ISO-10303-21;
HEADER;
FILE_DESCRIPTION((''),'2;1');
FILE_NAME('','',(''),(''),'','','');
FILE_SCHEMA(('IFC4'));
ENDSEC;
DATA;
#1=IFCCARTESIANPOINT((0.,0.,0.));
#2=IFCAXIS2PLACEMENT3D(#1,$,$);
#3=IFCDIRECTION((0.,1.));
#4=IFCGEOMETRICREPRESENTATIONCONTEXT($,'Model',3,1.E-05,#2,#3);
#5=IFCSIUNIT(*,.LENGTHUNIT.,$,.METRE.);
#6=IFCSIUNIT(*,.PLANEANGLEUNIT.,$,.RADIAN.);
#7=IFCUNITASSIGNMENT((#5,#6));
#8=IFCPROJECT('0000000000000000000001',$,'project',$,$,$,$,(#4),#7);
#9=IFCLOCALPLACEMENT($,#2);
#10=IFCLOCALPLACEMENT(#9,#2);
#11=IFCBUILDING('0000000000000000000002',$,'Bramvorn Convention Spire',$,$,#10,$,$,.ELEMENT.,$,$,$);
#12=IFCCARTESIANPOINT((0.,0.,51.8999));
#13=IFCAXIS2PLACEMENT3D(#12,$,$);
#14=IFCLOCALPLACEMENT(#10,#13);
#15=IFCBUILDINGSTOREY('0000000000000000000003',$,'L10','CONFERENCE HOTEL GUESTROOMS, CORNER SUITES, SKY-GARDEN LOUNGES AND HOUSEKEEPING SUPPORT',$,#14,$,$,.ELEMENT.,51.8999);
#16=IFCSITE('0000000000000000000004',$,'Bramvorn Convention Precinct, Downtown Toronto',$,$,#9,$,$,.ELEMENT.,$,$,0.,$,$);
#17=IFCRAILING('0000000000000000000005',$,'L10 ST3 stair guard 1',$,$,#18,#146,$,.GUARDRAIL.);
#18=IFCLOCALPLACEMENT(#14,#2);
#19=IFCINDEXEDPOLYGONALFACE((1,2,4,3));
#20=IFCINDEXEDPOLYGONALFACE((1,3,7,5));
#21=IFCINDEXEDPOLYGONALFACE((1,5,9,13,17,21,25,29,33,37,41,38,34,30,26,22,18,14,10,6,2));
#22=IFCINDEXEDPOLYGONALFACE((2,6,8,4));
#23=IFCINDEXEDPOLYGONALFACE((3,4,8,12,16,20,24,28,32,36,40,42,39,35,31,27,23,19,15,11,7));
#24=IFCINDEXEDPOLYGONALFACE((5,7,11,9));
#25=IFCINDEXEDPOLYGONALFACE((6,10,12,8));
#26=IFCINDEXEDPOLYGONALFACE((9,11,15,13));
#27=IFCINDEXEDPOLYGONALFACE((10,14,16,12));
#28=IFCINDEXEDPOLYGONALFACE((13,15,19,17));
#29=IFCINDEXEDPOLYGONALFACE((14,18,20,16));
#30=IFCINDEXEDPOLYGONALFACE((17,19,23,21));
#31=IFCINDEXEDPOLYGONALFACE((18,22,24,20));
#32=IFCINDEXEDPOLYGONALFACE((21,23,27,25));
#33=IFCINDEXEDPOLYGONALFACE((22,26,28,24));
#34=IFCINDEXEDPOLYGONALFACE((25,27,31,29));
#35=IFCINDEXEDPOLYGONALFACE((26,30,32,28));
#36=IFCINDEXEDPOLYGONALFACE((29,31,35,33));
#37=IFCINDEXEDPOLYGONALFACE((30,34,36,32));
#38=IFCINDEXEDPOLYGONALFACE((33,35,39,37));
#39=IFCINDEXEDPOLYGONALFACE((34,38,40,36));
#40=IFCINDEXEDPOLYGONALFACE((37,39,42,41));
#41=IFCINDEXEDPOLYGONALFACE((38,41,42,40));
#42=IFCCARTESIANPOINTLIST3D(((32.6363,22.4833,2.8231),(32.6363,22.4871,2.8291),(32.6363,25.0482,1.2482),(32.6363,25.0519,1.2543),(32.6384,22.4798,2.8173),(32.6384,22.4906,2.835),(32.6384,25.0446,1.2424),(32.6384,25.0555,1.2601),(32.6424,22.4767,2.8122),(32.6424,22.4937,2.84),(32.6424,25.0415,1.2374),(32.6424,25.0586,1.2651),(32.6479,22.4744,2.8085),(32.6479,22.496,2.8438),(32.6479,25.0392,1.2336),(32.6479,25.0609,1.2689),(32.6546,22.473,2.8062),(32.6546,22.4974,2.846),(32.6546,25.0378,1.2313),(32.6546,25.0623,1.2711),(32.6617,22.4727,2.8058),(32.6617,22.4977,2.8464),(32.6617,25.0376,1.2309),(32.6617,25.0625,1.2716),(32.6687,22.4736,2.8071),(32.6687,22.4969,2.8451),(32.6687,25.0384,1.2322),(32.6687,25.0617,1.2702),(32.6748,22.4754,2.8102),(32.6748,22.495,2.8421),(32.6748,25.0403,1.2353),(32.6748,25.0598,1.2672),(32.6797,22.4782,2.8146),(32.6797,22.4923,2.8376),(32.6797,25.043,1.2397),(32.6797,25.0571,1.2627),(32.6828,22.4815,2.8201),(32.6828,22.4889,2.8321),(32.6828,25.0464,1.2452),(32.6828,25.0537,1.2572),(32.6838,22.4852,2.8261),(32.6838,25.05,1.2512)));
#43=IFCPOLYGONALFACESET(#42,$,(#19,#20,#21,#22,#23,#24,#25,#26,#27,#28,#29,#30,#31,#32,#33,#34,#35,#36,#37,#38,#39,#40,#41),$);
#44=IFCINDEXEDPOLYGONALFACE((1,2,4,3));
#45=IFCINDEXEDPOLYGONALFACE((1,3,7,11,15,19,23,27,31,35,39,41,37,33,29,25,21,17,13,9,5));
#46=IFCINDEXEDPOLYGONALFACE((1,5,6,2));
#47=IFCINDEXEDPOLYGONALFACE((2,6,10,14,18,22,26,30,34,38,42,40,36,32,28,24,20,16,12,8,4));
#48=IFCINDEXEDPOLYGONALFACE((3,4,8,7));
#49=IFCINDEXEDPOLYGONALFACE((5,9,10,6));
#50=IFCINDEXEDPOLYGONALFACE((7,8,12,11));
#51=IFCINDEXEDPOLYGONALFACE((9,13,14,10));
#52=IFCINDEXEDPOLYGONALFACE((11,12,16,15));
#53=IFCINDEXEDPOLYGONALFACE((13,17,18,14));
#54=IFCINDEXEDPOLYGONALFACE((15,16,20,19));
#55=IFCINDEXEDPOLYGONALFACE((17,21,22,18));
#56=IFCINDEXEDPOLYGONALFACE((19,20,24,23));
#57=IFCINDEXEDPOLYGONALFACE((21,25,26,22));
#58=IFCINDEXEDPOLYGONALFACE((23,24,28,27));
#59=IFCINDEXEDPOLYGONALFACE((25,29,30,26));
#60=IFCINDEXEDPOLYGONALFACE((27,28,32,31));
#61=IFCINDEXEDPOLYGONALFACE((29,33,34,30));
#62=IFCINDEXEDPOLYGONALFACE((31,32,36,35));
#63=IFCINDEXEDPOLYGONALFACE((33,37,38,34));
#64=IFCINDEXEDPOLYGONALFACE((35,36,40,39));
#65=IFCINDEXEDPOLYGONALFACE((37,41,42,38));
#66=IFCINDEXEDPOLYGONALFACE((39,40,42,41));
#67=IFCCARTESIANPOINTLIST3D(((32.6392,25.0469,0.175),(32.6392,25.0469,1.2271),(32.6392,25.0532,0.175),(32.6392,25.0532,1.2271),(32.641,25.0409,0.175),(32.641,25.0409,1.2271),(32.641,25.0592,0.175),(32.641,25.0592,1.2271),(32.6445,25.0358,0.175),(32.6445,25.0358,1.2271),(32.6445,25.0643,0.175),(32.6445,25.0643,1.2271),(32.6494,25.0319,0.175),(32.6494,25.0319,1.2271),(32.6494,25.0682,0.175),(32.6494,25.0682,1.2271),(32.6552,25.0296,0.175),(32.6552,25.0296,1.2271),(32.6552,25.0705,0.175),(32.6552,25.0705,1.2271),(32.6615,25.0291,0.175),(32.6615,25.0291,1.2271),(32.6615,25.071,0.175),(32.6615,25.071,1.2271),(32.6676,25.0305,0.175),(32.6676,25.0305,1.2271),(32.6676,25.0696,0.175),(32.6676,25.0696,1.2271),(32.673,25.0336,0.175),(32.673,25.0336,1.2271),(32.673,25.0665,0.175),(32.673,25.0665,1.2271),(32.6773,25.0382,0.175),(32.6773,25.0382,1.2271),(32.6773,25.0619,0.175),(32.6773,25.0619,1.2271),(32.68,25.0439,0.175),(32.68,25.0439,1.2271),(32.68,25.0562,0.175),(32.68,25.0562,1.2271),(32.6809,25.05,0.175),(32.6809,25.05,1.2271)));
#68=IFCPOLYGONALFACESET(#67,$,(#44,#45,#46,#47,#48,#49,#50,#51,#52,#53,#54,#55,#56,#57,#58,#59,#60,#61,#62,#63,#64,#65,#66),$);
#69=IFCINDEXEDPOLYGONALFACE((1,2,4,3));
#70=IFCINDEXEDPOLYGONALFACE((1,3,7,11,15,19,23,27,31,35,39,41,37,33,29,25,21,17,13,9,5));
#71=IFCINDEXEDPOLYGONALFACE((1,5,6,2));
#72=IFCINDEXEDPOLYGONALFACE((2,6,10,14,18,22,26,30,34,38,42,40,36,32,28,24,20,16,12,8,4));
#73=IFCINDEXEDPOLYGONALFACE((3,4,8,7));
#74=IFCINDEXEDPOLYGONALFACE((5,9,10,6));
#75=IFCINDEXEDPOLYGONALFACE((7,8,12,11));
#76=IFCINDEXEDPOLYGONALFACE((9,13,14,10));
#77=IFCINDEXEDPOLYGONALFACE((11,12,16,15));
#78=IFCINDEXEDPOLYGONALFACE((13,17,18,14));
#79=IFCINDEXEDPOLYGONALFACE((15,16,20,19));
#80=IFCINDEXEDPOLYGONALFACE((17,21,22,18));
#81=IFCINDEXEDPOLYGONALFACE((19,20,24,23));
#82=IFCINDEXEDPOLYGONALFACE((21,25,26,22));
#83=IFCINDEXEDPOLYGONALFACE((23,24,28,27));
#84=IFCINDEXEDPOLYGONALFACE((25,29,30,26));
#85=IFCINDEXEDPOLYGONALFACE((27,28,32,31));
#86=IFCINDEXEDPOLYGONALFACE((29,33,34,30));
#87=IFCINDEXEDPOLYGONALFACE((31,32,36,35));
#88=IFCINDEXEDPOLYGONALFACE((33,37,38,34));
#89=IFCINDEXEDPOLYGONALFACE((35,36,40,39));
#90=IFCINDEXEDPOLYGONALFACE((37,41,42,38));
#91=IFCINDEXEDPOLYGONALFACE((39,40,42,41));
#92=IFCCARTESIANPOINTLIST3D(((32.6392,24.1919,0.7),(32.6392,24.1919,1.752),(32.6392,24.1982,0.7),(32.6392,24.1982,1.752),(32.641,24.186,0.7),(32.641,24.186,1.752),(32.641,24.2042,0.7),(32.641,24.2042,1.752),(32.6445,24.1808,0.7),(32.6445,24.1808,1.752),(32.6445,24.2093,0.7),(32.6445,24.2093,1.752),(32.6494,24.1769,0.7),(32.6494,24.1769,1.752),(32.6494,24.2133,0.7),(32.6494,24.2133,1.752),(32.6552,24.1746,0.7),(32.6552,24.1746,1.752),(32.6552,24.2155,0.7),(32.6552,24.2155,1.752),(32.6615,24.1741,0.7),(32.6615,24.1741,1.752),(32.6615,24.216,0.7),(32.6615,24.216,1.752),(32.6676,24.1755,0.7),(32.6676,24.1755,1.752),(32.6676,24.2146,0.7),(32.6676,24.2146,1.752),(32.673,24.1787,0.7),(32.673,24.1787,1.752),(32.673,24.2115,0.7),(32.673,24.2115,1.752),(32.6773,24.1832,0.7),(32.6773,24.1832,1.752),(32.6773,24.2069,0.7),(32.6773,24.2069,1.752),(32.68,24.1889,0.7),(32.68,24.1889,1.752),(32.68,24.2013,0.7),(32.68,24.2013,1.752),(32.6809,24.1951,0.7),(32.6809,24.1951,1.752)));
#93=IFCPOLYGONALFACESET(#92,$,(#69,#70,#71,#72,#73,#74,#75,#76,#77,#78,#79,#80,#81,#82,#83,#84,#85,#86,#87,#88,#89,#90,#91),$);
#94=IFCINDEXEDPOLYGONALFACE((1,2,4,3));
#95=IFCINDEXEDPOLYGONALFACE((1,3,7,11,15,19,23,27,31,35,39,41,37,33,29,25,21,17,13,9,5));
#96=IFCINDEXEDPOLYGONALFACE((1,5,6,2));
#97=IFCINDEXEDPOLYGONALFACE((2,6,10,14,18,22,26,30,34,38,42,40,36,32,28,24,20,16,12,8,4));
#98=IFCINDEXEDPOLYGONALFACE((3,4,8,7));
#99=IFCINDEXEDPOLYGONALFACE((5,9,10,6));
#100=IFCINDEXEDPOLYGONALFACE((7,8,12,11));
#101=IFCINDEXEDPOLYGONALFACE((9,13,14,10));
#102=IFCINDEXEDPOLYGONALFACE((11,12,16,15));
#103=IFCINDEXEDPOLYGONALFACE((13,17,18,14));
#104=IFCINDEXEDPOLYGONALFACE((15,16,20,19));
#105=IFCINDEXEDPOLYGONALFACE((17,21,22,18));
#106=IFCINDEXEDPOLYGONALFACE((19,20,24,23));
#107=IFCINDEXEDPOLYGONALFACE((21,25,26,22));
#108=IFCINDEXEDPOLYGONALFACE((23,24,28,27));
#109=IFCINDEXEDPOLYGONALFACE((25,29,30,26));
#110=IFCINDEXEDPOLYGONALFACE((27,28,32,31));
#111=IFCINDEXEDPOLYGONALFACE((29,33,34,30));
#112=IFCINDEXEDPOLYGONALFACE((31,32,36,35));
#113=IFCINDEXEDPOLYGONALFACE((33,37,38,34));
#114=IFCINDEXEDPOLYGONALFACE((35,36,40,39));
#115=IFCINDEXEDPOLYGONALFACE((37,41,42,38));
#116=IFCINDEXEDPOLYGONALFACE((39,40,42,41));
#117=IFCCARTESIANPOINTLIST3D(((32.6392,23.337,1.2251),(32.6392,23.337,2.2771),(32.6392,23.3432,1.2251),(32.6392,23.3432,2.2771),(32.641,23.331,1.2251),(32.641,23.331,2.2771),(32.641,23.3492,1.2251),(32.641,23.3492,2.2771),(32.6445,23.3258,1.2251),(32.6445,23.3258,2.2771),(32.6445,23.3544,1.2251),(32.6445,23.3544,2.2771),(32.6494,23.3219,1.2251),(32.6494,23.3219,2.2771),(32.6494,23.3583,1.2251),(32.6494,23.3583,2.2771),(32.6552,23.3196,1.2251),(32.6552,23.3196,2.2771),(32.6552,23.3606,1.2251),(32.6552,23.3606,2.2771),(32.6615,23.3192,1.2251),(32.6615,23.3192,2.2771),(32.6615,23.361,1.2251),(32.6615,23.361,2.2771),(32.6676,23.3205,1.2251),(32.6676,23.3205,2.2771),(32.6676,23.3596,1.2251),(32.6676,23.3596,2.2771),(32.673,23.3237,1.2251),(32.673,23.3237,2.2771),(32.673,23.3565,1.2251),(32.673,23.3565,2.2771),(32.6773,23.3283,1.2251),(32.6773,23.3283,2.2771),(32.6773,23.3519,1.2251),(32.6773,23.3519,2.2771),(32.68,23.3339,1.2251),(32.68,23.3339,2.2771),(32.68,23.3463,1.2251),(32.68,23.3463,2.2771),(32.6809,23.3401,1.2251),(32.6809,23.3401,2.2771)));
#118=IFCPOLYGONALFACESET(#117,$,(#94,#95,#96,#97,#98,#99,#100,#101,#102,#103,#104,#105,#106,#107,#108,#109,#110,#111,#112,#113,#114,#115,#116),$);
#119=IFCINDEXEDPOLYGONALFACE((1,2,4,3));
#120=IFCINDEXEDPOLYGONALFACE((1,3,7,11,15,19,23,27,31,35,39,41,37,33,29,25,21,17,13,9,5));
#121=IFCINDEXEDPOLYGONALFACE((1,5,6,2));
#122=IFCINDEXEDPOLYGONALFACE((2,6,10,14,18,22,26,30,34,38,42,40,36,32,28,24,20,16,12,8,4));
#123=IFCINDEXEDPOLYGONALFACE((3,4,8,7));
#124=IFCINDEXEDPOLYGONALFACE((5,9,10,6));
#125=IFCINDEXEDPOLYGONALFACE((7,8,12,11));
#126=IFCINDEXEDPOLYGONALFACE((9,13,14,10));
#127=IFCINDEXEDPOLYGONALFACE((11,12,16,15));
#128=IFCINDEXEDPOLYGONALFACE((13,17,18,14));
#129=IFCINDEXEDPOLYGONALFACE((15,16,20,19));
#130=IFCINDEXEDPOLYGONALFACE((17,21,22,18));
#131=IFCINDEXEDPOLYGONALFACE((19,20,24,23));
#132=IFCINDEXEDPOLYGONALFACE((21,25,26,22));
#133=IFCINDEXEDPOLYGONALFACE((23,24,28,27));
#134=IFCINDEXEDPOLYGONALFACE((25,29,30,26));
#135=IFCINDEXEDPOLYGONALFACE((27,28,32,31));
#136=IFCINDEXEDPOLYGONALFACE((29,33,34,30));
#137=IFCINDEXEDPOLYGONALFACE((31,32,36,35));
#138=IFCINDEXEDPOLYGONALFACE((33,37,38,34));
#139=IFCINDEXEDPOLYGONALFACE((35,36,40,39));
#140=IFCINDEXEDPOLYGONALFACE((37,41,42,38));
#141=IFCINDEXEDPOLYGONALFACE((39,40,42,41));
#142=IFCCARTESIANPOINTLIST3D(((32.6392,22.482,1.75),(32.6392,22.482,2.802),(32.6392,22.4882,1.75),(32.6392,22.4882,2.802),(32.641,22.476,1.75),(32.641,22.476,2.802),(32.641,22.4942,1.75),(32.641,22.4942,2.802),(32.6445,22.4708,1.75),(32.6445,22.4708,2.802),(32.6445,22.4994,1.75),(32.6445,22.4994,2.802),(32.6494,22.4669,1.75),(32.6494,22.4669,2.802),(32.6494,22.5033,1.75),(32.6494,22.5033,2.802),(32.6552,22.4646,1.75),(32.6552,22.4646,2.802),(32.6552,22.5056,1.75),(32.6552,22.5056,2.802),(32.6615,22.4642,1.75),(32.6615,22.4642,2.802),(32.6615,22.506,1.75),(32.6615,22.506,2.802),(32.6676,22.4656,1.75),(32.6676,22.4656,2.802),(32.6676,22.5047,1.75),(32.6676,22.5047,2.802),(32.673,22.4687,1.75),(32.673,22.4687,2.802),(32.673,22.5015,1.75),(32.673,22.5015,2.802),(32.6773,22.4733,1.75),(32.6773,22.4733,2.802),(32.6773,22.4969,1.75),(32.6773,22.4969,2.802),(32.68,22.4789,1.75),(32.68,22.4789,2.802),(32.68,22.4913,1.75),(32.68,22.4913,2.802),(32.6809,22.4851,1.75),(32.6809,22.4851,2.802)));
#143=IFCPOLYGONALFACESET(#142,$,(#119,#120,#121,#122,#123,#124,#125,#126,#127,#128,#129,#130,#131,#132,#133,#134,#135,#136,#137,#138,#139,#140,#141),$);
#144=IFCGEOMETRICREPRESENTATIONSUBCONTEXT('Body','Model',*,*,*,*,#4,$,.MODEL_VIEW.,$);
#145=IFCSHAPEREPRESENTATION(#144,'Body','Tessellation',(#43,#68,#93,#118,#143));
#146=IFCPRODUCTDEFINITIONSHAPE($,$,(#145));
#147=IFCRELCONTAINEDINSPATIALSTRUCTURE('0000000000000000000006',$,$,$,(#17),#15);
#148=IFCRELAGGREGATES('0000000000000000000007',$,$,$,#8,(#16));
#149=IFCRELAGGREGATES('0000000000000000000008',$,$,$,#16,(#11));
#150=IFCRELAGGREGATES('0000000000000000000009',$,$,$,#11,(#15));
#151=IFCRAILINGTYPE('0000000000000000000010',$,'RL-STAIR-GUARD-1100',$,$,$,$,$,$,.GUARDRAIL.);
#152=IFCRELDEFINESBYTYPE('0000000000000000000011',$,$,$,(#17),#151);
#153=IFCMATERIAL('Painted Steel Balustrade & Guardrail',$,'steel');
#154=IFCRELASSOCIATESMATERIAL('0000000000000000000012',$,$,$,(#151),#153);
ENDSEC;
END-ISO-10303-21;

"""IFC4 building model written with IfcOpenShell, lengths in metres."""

from ifc_helpers import new_model, si_unit, direction, frame, origin, origin_2d, place, context, subcontext, project, spatial, circle, extrude, material, type_object, element, save


model = new_model("IFC4")

# Units and contexts
model_context = context("Model", 3, precision=1e-05, world=origin(), true_north=direction((0.0, 1.0)))
body_context = subcontext(model_context, "Body", "Model", "MODEL_VIEW")
ifc_project = project(units=[si_unit("LENGTHUNIT", "METRE"), si_unit("PLANEANGLEUNIT", "RADIAN")], contexts=[model_context])

# Site, building, storey
site_placement = place(None, origin())
site = spatial("IfcSite", under=ifc_project, at=site_placement, Name="Bramvorn Convention Precinct, Downtown Toronto", CompositionType="ELEMENT", RefElevation=0.0)
building_placement = place(site_placement, origin())
building = spatial("IfcBuilding", under=site, at=building_placement, Name="Bramvorn Convention Spire", CompositionType="ELEMENT")
storey_placement = place(building_placement, frame((0.0, 0.0, 51.8999)))
storey = spatial("IfcBuildingStorey", under=building, at=storey_placement, Name="L10", Description="CONFERENCE HOTEL GUESTROOMS, CORNER SUITES, SKY-GARDEN LOUNGES AND HOUSEKEEPING SUPPORT", CompositionType="ELEMENT", Elevation=51.8999)

# Railing
ifc_material_1 = material(Name="Painted Steel Balustrade & Guardrail", Category="steel")
railing_type = type_object("IfcRailingType", Name="RL-STAIR-GUARD-1100", PredefinedType="GUARDRAIL", material=ifc_material_1)
railing_1_placement = place(storey_placement, frame((32.6599, 25.05, 0.175)))
element("IfcRailing", 1, at=railing_1_placement, inside=storey, type_object=railing_type, Name="L10 ST3 stair guard 1", PredefinedType="GUARDRAIL", context=body_context, shape_type="SweptSolid", body=[
    extrude(circle(Radius=0.0239, at=origin_2d()), frame((0.0, 0.0, 1.0762), z_axis=(0.0, -0.852173, 0.52326), x_axis=(1.0, 0.0, 0.0)), (0.0, 0.0, 1.0), 3.0098),
    extrude(circle(Radius=0.021, at=origin_2d()), origin(), (0.0, 0.0, 1.0), 1.052),
    extrude(circle(Radius=0.021, at=origin_2d()), frame((0.0, -0.855, 0.5249)), (0.0, 0.0, 1.0), 1.052),
    extrude(circle(Radius=0.021, at=origin_2d()), frame((0.0, -1.71, 1.05)), (0.0, 0.0, 1.0), 1.052),
    extrude(circle(Radius=0.021, at=origin_2d()), frame((0.0, -2.5649, 1.575)), (0.0, 0.0, 1.0), 1.052),
])

save(model, "model.ifc")
